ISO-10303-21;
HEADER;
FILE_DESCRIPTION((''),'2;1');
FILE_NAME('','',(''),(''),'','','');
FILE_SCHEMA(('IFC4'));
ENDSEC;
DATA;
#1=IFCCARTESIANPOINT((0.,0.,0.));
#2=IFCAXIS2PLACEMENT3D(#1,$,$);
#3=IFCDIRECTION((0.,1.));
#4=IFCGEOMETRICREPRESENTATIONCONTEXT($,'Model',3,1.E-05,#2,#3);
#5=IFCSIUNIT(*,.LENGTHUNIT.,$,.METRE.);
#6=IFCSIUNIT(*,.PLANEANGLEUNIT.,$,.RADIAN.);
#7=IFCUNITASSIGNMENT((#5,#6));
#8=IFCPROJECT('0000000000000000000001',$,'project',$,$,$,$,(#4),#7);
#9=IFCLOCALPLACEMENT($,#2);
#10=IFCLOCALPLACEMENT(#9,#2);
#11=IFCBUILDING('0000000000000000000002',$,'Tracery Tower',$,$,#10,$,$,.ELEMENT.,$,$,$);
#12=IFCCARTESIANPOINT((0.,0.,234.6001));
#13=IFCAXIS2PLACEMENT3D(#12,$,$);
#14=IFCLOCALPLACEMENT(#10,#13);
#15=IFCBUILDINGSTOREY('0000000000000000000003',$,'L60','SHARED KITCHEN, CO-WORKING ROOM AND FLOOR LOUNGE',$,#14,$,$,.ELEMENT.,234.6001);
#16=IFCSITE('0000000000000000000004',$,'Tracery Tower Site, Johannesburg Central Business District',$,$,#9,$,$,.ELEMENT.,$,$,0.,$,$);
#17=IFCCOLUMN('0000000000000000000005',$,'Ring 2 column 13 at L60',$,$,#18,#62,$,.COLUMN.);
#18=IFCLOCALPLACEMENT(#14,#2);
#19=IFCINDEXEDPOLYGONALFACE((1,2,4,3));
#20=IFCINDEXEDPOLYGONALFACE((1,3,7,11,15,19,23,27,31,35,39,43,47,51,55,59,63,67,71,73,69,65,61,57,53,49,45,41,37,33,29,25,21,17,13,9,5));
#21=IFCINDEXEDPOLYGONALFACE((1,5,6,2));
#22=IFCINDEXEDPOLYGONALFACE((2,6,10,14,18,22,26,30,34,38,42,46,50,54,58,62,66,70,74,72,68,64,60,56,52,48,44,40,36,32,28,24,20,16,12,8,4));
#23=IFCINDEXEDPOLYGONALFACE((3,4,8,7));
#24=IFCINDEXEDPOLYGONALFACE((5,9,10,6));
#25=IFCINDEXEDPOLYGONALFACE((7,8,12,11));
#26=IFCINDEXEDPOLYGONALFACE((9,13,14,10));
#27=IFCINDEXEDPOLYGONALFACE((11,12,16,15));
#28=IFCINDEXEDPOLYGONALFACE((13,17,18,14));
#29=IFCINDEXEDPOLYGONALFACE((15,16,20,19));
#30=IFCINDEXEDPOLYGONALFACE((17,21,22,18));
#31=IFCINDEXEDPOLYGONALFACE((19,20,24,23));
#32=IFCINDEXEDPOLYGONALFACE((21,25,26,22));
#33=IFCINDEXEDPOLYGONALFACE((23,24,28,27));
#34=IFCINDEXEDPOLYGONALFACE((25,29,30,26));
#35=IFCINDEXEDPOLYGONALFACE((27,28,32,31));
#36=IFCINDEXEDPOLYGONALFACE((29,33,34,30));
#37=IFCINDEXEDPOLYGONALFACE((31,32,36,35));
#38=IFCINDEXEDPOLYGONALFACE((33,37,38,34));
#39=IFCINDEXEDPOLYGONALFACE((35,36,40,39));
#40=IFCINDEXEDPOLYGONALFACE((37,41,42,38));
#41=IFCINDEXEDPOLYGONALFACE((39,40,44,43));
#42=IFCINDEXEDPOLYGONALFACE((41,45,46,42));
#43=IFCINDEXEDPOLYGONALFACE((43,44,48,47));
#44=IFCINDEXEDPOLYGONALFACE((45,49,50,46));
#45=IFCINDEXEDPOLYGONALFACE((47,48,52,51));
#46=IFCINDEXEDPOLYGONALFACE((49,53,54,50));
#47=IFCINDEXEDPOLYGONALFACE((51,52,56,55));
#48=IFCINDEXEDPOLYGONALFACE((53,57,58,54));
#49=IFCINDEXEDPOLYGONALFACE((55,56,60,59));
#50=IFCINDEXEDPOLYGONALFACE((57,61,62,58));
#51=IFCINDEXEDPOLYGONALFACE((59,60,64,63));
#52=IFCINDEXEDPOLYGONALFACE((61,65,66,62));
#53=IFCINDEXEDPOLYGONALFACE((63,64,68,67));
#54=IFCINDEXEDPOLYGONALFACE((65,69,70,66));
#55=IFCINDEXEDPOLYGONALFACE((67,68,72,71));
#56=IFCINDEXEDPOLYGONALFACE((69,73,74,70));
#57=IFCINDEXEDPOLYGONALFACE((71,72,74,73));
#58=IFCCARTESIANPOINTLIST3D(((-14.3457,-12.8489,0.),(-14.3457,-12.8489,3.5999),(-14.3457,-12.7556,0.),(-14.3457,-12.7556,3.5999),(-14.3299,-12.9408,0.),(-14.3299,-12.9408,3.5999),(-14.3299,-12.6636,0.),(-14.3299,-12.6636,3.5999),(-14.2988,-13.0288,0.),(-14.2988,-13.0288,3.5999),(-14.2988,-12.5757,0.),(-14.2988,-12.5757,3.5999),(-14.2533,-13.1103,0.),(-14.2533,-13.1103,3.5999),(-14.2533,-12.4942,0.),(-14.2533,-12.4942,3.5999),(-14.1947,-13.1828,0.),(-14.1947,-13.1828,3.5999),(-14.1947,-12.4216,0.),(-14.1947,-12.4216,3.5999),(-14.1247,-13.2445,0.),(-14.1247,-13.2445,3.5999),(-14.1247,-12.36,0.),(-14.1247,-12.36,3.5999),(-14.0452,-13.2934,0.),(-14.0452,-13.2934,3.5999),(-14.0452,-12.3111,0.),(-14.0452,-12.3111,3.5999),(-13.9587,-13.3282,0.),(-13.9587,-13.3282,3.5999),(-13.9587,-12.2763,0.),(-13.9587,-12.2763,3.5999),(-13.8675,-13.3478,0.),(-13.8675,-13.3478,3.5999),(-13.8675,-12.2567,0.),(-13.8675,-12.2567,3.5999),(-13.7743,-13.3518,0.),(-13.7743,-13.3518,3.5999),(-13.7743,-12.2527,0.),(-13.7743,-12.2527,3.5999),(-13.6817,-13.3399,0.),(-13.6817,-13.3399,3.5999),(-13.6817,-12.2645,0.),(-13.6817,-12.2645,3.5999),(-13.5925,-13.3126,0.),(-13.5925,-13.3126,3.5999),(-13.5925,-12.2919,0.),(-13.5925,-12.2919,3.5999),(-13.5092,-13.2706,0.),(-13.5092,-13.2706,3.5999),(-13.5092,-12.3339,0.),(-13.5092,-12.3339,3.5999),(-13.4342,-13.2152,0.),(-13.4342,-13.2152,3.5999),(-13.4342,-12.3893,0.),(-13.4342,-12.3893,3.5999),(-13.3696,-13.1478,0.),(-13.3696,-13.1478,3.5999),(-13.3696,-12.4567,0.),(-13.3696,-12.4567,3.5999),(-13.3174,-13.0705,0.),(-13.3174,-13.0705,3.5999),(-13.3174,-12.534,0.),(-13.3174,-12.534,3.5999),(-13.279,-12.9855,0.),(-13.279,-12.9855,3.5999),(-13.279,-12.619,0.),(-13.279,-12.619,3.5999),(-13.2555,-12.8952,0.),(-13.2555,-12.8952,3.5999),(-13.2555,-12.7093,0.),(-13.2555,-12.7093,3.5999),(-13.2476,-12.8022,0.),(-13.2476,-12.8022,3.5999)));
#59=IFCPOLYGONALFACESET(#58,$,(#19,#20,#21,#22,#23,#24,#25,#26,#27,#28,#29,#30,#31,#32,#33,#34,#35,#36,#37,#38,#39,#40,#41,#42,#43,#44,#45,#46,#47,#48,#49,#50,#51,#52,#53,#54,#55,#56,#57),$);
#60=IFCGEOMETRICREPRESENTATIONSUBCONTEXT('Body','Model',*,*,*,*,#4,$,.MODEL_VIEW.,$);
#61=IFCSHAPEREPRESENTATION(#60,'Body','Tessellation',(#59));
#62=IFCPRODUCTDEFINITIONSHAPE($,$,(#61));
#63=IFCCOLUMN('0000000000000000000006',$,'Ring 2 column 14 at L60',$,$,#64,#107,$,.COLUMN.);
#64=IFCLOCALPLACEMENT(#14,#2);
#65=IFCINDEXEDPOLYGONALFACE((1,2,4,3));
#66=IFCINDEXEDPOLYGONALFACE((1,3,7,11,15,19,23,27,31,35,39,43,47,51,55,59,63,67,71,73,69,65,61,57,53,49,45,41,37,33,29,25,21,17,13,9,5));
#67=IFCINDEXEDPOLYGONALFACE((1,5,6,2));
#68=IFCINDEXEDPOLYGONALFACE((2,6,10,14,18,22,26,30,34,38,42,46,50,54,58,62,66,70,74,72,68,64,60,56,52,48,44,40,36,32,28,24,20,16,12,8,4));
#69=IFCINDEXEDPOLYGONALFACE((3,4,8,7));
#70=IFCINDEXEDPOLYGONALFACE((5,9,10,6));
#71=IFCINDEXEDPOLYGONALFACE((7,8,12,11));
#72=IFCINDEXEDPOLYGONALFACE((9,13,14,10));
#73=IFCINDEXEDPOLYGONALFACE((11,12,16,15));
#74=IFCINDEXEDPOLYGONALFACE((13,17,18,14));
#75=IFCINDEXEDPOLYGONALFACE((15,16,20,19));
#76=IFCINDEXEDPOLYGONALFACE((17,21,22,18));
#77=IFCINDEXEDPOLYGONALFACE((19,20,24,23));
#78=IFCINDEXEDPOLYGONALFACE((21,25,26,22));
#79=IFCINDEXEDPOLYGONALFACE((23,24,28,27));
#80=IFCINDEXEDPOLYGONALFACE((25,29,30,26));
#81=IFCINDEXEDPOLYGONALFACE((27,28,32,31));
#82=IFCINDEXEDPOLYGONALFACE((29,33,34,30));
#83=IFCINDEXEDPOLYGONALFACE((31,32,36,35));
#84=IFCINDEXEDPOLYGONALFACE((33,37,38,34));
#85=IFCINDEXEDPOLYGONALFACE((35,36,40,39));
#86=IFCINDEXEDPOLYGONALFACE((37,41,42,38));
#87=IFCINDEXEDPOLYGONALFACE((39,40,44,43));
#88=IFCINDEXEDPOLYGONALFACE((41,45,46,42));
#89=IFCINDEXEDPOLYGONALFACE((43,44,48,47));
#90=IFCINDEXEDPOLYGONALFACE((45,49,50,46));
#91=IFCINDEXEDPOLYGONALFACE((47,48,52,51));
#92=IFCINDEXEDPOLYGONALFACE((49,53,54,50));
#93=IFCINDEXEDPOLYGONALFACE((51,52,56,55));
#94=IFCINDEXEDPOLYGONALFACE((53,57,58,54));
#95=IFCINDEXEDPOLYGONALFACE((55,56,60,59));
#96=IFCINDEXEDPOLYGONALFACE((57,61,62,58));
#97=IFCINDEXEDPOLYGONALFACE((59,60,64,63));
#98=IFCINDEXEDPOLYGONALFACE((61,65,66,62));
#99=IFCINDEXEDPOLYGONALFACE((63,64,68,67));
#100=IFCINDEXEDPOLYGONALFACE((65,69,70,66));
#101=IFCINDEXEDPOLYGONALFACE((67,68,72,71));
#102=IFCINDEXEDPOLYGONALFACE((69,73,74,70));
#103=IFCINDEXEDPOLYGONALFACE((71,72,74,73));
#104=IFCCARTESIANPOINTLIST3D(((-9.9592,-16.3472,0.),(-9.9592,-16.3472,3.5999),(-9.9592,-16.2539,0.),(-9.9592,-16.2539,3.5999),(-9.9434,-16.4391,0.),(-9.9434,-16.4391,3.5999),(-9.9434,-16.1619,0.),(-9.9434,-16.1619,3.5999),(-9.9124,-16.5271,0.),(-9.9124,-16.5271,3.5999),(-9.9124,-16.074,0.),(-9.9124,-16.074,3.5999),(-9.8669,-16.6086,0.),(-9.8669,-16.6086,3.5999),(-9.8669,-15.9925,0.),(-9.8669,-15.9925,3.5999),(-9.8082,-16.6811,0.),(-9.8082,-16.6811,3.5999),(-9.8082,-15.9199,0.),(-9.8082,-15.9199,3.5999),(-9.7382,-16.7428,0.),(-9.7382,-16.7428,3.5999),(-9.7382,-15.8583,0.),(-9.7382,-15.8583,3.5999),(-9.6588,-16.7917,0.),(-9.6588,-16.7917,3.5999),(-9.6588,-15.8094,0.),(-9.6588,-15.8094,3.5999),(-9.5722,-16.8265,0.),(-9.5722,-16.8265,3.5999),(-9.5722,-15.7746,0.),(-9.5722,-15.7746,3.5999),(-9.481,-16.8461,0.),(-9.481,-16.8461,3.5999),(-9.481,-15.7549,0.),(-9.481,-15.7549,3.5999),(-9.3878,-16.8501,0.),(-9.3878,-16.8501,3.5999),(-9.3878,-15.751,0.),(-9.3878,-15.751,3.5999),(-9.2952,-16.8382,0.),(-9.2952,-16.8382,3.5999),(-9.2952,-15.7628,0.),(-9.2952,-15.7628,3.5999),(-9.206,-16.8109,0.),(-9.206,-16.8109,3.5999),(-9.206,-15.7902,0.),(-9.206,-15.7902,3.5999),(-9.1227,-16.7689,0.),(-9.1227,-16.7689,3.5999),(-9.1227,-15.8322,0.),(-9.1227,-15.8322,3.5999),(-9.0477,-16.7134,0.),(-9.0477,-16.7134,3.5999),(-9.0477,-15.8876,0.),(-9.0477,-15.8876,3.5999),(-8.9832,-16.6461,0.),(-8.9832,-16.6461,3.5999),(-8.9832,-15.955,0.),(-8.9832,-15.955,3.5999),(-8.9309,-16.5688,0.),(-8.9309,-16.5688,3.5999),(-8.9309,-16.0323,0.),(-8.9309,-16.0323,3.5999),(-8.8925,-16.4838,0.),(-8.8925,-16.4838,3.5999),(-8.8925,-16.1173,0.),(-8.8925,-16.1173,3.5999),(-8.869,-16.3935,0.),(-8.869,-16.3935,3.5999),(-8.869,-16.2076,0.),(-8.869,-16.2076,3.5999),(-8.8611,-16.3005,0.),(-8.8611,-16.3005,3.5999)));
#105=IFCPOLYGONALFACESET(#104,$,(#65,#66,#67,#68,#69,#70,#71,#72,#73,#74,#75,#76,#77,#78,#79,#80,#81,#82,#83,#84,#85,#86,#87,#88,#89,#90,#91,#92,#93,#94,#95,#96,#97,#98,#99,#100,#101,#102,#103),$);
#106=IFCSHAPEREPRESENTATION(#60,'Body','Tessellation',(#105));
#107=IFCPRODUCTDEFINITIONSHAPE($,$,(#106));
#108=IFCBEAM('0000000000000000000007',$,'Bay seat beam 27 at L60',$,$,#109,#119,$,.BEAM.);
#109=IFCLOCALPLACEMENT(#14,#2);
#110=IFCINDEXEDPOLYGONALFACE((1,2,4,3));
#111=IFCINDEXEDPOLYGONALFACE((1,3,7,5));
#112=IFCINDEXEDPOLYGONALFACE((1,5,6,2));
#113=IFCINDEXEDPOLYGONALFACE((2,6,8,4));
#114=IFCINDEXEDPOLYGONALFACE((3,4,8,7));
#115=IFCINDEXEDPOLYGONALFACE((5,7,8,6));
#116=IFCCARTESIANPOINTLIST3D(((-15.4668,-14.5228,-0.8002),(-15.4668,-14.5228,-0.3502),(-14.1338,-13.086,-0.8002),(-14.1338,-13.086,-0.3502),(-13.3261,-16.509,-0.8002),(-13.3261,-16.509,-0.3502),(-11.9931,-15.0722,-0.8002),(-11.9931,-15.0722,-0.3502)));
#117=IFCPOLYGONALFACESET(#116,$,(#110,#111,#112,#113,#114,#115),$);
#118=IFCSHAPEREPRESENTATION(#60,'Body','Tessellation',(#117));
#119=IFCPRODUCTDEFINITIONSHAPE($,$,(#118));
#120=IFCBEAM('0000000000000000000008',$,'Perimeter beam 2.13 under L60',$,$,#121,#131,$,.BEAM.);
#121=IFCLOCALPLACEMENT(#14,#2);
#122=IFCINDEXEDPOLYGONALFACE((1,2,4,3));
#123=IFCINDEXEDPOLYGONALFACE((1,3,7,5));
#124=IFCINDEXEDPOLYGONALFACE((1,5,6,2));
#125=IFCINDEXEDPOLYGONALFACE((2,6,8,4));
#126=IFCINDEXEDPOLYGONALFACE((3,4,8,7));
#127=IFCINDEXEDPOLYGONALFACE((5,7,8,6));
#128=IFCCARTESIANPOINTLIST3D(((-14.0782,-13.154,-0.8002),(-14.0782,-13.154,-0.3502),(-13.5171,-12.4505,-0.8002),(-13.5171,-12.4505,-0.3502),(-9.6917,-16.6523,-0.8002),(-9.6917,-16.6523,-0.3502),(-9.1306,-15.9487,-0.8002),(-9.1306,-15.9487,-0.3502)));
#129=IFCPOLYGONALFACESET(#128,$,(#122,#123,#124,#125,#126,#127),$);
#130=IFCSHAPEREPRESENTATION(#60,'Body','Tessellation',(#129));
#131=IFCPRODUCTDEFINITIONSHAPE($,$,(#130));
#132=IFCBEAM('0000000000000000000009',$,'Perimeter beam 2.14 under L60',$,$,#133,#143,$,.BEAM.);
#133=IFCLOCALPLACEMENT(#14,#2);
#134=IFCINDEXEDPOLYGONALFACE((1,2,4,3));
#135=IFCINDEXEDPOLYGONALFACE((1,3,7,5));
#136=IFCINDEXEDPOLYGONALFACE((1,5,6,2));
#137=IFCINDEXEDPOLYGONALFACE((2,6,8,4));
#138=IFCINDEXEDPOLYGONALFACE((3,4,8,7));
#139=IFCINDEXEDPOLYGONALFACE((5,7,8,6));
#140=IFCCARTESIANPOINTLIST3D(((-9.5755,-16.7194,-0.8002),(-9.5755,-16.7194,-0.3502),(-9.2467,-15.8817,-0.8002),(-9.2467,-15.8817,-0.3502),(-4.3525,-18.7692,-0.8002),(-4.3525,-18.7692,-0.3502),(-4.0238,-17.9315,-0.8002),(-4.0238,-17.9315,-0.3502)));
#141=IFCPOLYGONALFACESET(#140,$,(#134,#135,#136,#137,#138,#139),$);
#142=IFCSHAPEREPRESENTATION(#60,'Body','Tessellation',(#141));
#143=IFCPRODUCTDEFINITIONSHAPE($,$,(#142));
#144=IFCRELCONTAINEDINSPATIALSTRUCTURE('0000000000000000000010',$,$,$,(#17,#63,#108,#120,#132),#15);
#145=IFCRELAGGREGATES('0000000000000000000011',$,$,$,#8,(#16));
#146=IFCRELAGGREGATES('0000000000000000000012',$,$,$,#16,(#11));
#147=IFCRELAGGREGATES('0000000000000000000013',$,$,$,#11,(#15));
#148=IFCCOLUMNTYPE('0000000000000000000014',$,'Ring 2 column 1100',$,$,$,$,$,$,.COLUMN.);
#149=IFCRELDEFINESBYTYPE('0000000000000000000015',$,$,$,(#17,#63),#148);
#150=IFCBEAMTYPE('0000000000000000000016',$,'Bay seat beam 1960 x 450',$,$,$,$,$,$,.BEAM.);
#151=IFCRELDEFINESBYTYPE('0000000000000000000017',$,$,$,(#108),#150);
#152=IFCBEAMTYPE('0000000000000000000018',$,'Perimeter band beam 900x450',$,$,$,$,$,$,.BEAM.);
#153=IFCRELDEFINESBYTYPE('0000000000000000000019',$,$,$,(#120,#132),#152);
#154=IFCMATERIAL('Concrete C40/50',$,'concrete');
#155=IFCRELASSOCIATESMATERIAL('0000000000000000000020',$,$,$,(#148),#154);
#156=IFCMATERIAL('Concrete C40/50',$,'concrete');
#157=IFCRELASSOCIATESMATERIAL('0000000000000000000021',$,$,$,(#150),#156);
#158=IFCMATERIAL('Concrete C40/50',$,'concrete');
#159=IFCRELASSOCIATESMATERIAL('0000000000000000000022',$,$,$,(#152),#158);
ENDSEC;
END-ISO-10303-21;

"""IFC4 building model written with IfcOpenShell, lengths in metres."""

from ifc_helpers import new_model, si_unit, direction, frame, origin, origin_2d, place, context, subcontext, project, spatial, rectangle, circle, extrude, material, material_profile, profile_set, type_object, element, save


model = new_model("IFC4")

# Units and contexts
model_context = context("Model", 3, precision=1e-05, world=origin(), true_north=direction((0.0, 1.0)))
body_context = subcontext(model_context, "Body", "Model", "MODEL_VIEW")
ifc_project = project(units=[si_unit("LENGTHUNIT", "METRE"), si_unit("PLANEANGLEUNIT", "RADIAN")], contexts=[model_context])

# Site, building, storey
site_placement = place(None, origin())
site = spatial("IfcSite", under=ifc_project, at=site_placement, Name="Tracery Tower Site, Johannesburg Central Business District", CompositionType="ELEMENT", RefElevation=0.0)
building_placement = place(site_placement, origin())
building = spatial("IfcBuilding", under=site, at=building_placement, Name="Tracery Tower", CompositionType="ELEMENT")
storey_placement = place(building_placement, frame((0.0, 0.0, 234.6001)))
storey = spatial("IfcBuildingStorey", under=building, at=storey_placement, Name="L60", Description="SHARED KITCHEN, CO-WORKING ROOM AND FLOOR LOUNGE", CompositionType="ELEMENT", Elevation=234.6001)

# Columns
ifc_material_1 = material(Name="Concrete C40/50", Category="concrete")
ifc_material_profile_1 = material_profile(ifc_material_1, circle(Radius=0.55, at=origin_2d()), Name="RC D1100")
ifc_profile_set_1 = profile_set([ifc_material_profile_1], Name="Concrete C40/50")
column_type = type_object("IfcColumnType", Name="Ring 2 column 1100", PredefinedType="COLUMN", material=ifc_profile_set_1)
for number, where, z_axis, x_axis, name in (
    (1, (-13.7976, -12.8022, 0.0), (0.0, 0.0, 1.0), (1.0, 0.0, 0.0), "Ring 2 column 13 at L60"),
    (2, (-9.4111, -16.3005, 0.0), (0.0, 0.0, 1.0), (1.0, 0.0, 0.0), "Ring 2 column 14 at L60"),
):
    element("IfcColumn", number, at=place(storey_placement, frame(where, z_axis=z_axis, x_axis=x_axis)), inside=storey, type_object=column_type, Name=name, PredefinedType="COLUMN", context=body_context, shape_type="SweptSolid", body=[
        extrude(circle(Radius=0.55, at=origin_2d()), origin(), (0.0, 0.0, 1.0), 3.5999),
    ])

# Beams
ifc_material_2 = material(Name="Concrete C40/50", Category="concrete")
ifc_material_profile_2 = material_profile(ifc_material_2, rectangle(XDim=1.96, YDim=0.45, at=origin_2d()), Name="RC 1960x450")
ifc_profile_set_2 = profile_set([ifc_material_profile_2], Name="Concrete C40/50")
beam_type_1 = type_object("IfcBeamType", Name="Bay seat beam 1960 x 450", PredefinedType="BEAM", material=ifc_profile_set_2)
beam_1_placement = place(storey_placement, frame((-14.8003, -13.8044, -0.5752), z_axis=(0.733073, -0.68015, 0.0), x_axis=(0.68015, 0.733073, 0.0)))
element("IfcBeam", 3, at=beam_1_placement, inside=storey, type_object=beam_type_1, Name="Bay seat beam 27 at L60", PredefinedType="BEAM", context=body_context, shape_type="SweptSolid", body=[
    extrude(rectangle(XDim=1.96, YDim=0.45, at=origin_2d()), origin(), (0.0, 0.0, 1.0), 2.9202),
])
ifc_material_3 = material(Name="Concrete C40/50", Category="concrete")
ifc_material_profile_3 = material_profile(ifc_material_3, rectangle(XDim=0.8999, YDim=0.45, at=origin_2d()), Name="RC 900x450")
ifc_profile_set_3 = profile_set([ifc_material_profile_3], Name="Concrete C40/50")
beam_type_2 = type_object("IfcBeamType", Name="Perimeter band beam 900x450", PredefinedType="BEAM", material=ifc_profile_set_3)
beam_2_placement = place(storey_placement, frame((-13.7976, -12.8022, -0.5752), z_axis=(0.781815, -0.623511, 0.0), x_axis=(0.623511, 0.781815, 0.0)))
element("IfcBeam", 4, at=beam_2_placement, inside=storey, type_object=beam_type_2, Name="Perimeter beam 2.13 under L60", PredefinedType="BEAM", context=body_context, shape_type="SweptSolid", body=[
    extrude(rectangle(XDim=0.8999, YDim=0.45, at=origin_2d()), origin(), (0.0, 0.0, 1.0), 5.6106),
])
beam_3_placement = place(storey_placement, frame((-9.4111, -16.3005, -0.5752), z_axis=(0.930876, -0.365336, 0.0), x_axis=(0.365336, 0.930876, 0.0)))
element("IfcBeam", 5, at=beam_3_placement, inside=storey, type_object=beam_type_2, Name="Perimeter beam 2.14 under L60", PredefinedType="BEAM", context=body_context, shape_type="SweptSolid", body=[
    extrude(rectangle(XDim=0.8999, YDim=0.45, at=origin_2d()), origin(), (0.0, 0.0, 1.0), 5.6108),
])

save(model, "model.ifc")
